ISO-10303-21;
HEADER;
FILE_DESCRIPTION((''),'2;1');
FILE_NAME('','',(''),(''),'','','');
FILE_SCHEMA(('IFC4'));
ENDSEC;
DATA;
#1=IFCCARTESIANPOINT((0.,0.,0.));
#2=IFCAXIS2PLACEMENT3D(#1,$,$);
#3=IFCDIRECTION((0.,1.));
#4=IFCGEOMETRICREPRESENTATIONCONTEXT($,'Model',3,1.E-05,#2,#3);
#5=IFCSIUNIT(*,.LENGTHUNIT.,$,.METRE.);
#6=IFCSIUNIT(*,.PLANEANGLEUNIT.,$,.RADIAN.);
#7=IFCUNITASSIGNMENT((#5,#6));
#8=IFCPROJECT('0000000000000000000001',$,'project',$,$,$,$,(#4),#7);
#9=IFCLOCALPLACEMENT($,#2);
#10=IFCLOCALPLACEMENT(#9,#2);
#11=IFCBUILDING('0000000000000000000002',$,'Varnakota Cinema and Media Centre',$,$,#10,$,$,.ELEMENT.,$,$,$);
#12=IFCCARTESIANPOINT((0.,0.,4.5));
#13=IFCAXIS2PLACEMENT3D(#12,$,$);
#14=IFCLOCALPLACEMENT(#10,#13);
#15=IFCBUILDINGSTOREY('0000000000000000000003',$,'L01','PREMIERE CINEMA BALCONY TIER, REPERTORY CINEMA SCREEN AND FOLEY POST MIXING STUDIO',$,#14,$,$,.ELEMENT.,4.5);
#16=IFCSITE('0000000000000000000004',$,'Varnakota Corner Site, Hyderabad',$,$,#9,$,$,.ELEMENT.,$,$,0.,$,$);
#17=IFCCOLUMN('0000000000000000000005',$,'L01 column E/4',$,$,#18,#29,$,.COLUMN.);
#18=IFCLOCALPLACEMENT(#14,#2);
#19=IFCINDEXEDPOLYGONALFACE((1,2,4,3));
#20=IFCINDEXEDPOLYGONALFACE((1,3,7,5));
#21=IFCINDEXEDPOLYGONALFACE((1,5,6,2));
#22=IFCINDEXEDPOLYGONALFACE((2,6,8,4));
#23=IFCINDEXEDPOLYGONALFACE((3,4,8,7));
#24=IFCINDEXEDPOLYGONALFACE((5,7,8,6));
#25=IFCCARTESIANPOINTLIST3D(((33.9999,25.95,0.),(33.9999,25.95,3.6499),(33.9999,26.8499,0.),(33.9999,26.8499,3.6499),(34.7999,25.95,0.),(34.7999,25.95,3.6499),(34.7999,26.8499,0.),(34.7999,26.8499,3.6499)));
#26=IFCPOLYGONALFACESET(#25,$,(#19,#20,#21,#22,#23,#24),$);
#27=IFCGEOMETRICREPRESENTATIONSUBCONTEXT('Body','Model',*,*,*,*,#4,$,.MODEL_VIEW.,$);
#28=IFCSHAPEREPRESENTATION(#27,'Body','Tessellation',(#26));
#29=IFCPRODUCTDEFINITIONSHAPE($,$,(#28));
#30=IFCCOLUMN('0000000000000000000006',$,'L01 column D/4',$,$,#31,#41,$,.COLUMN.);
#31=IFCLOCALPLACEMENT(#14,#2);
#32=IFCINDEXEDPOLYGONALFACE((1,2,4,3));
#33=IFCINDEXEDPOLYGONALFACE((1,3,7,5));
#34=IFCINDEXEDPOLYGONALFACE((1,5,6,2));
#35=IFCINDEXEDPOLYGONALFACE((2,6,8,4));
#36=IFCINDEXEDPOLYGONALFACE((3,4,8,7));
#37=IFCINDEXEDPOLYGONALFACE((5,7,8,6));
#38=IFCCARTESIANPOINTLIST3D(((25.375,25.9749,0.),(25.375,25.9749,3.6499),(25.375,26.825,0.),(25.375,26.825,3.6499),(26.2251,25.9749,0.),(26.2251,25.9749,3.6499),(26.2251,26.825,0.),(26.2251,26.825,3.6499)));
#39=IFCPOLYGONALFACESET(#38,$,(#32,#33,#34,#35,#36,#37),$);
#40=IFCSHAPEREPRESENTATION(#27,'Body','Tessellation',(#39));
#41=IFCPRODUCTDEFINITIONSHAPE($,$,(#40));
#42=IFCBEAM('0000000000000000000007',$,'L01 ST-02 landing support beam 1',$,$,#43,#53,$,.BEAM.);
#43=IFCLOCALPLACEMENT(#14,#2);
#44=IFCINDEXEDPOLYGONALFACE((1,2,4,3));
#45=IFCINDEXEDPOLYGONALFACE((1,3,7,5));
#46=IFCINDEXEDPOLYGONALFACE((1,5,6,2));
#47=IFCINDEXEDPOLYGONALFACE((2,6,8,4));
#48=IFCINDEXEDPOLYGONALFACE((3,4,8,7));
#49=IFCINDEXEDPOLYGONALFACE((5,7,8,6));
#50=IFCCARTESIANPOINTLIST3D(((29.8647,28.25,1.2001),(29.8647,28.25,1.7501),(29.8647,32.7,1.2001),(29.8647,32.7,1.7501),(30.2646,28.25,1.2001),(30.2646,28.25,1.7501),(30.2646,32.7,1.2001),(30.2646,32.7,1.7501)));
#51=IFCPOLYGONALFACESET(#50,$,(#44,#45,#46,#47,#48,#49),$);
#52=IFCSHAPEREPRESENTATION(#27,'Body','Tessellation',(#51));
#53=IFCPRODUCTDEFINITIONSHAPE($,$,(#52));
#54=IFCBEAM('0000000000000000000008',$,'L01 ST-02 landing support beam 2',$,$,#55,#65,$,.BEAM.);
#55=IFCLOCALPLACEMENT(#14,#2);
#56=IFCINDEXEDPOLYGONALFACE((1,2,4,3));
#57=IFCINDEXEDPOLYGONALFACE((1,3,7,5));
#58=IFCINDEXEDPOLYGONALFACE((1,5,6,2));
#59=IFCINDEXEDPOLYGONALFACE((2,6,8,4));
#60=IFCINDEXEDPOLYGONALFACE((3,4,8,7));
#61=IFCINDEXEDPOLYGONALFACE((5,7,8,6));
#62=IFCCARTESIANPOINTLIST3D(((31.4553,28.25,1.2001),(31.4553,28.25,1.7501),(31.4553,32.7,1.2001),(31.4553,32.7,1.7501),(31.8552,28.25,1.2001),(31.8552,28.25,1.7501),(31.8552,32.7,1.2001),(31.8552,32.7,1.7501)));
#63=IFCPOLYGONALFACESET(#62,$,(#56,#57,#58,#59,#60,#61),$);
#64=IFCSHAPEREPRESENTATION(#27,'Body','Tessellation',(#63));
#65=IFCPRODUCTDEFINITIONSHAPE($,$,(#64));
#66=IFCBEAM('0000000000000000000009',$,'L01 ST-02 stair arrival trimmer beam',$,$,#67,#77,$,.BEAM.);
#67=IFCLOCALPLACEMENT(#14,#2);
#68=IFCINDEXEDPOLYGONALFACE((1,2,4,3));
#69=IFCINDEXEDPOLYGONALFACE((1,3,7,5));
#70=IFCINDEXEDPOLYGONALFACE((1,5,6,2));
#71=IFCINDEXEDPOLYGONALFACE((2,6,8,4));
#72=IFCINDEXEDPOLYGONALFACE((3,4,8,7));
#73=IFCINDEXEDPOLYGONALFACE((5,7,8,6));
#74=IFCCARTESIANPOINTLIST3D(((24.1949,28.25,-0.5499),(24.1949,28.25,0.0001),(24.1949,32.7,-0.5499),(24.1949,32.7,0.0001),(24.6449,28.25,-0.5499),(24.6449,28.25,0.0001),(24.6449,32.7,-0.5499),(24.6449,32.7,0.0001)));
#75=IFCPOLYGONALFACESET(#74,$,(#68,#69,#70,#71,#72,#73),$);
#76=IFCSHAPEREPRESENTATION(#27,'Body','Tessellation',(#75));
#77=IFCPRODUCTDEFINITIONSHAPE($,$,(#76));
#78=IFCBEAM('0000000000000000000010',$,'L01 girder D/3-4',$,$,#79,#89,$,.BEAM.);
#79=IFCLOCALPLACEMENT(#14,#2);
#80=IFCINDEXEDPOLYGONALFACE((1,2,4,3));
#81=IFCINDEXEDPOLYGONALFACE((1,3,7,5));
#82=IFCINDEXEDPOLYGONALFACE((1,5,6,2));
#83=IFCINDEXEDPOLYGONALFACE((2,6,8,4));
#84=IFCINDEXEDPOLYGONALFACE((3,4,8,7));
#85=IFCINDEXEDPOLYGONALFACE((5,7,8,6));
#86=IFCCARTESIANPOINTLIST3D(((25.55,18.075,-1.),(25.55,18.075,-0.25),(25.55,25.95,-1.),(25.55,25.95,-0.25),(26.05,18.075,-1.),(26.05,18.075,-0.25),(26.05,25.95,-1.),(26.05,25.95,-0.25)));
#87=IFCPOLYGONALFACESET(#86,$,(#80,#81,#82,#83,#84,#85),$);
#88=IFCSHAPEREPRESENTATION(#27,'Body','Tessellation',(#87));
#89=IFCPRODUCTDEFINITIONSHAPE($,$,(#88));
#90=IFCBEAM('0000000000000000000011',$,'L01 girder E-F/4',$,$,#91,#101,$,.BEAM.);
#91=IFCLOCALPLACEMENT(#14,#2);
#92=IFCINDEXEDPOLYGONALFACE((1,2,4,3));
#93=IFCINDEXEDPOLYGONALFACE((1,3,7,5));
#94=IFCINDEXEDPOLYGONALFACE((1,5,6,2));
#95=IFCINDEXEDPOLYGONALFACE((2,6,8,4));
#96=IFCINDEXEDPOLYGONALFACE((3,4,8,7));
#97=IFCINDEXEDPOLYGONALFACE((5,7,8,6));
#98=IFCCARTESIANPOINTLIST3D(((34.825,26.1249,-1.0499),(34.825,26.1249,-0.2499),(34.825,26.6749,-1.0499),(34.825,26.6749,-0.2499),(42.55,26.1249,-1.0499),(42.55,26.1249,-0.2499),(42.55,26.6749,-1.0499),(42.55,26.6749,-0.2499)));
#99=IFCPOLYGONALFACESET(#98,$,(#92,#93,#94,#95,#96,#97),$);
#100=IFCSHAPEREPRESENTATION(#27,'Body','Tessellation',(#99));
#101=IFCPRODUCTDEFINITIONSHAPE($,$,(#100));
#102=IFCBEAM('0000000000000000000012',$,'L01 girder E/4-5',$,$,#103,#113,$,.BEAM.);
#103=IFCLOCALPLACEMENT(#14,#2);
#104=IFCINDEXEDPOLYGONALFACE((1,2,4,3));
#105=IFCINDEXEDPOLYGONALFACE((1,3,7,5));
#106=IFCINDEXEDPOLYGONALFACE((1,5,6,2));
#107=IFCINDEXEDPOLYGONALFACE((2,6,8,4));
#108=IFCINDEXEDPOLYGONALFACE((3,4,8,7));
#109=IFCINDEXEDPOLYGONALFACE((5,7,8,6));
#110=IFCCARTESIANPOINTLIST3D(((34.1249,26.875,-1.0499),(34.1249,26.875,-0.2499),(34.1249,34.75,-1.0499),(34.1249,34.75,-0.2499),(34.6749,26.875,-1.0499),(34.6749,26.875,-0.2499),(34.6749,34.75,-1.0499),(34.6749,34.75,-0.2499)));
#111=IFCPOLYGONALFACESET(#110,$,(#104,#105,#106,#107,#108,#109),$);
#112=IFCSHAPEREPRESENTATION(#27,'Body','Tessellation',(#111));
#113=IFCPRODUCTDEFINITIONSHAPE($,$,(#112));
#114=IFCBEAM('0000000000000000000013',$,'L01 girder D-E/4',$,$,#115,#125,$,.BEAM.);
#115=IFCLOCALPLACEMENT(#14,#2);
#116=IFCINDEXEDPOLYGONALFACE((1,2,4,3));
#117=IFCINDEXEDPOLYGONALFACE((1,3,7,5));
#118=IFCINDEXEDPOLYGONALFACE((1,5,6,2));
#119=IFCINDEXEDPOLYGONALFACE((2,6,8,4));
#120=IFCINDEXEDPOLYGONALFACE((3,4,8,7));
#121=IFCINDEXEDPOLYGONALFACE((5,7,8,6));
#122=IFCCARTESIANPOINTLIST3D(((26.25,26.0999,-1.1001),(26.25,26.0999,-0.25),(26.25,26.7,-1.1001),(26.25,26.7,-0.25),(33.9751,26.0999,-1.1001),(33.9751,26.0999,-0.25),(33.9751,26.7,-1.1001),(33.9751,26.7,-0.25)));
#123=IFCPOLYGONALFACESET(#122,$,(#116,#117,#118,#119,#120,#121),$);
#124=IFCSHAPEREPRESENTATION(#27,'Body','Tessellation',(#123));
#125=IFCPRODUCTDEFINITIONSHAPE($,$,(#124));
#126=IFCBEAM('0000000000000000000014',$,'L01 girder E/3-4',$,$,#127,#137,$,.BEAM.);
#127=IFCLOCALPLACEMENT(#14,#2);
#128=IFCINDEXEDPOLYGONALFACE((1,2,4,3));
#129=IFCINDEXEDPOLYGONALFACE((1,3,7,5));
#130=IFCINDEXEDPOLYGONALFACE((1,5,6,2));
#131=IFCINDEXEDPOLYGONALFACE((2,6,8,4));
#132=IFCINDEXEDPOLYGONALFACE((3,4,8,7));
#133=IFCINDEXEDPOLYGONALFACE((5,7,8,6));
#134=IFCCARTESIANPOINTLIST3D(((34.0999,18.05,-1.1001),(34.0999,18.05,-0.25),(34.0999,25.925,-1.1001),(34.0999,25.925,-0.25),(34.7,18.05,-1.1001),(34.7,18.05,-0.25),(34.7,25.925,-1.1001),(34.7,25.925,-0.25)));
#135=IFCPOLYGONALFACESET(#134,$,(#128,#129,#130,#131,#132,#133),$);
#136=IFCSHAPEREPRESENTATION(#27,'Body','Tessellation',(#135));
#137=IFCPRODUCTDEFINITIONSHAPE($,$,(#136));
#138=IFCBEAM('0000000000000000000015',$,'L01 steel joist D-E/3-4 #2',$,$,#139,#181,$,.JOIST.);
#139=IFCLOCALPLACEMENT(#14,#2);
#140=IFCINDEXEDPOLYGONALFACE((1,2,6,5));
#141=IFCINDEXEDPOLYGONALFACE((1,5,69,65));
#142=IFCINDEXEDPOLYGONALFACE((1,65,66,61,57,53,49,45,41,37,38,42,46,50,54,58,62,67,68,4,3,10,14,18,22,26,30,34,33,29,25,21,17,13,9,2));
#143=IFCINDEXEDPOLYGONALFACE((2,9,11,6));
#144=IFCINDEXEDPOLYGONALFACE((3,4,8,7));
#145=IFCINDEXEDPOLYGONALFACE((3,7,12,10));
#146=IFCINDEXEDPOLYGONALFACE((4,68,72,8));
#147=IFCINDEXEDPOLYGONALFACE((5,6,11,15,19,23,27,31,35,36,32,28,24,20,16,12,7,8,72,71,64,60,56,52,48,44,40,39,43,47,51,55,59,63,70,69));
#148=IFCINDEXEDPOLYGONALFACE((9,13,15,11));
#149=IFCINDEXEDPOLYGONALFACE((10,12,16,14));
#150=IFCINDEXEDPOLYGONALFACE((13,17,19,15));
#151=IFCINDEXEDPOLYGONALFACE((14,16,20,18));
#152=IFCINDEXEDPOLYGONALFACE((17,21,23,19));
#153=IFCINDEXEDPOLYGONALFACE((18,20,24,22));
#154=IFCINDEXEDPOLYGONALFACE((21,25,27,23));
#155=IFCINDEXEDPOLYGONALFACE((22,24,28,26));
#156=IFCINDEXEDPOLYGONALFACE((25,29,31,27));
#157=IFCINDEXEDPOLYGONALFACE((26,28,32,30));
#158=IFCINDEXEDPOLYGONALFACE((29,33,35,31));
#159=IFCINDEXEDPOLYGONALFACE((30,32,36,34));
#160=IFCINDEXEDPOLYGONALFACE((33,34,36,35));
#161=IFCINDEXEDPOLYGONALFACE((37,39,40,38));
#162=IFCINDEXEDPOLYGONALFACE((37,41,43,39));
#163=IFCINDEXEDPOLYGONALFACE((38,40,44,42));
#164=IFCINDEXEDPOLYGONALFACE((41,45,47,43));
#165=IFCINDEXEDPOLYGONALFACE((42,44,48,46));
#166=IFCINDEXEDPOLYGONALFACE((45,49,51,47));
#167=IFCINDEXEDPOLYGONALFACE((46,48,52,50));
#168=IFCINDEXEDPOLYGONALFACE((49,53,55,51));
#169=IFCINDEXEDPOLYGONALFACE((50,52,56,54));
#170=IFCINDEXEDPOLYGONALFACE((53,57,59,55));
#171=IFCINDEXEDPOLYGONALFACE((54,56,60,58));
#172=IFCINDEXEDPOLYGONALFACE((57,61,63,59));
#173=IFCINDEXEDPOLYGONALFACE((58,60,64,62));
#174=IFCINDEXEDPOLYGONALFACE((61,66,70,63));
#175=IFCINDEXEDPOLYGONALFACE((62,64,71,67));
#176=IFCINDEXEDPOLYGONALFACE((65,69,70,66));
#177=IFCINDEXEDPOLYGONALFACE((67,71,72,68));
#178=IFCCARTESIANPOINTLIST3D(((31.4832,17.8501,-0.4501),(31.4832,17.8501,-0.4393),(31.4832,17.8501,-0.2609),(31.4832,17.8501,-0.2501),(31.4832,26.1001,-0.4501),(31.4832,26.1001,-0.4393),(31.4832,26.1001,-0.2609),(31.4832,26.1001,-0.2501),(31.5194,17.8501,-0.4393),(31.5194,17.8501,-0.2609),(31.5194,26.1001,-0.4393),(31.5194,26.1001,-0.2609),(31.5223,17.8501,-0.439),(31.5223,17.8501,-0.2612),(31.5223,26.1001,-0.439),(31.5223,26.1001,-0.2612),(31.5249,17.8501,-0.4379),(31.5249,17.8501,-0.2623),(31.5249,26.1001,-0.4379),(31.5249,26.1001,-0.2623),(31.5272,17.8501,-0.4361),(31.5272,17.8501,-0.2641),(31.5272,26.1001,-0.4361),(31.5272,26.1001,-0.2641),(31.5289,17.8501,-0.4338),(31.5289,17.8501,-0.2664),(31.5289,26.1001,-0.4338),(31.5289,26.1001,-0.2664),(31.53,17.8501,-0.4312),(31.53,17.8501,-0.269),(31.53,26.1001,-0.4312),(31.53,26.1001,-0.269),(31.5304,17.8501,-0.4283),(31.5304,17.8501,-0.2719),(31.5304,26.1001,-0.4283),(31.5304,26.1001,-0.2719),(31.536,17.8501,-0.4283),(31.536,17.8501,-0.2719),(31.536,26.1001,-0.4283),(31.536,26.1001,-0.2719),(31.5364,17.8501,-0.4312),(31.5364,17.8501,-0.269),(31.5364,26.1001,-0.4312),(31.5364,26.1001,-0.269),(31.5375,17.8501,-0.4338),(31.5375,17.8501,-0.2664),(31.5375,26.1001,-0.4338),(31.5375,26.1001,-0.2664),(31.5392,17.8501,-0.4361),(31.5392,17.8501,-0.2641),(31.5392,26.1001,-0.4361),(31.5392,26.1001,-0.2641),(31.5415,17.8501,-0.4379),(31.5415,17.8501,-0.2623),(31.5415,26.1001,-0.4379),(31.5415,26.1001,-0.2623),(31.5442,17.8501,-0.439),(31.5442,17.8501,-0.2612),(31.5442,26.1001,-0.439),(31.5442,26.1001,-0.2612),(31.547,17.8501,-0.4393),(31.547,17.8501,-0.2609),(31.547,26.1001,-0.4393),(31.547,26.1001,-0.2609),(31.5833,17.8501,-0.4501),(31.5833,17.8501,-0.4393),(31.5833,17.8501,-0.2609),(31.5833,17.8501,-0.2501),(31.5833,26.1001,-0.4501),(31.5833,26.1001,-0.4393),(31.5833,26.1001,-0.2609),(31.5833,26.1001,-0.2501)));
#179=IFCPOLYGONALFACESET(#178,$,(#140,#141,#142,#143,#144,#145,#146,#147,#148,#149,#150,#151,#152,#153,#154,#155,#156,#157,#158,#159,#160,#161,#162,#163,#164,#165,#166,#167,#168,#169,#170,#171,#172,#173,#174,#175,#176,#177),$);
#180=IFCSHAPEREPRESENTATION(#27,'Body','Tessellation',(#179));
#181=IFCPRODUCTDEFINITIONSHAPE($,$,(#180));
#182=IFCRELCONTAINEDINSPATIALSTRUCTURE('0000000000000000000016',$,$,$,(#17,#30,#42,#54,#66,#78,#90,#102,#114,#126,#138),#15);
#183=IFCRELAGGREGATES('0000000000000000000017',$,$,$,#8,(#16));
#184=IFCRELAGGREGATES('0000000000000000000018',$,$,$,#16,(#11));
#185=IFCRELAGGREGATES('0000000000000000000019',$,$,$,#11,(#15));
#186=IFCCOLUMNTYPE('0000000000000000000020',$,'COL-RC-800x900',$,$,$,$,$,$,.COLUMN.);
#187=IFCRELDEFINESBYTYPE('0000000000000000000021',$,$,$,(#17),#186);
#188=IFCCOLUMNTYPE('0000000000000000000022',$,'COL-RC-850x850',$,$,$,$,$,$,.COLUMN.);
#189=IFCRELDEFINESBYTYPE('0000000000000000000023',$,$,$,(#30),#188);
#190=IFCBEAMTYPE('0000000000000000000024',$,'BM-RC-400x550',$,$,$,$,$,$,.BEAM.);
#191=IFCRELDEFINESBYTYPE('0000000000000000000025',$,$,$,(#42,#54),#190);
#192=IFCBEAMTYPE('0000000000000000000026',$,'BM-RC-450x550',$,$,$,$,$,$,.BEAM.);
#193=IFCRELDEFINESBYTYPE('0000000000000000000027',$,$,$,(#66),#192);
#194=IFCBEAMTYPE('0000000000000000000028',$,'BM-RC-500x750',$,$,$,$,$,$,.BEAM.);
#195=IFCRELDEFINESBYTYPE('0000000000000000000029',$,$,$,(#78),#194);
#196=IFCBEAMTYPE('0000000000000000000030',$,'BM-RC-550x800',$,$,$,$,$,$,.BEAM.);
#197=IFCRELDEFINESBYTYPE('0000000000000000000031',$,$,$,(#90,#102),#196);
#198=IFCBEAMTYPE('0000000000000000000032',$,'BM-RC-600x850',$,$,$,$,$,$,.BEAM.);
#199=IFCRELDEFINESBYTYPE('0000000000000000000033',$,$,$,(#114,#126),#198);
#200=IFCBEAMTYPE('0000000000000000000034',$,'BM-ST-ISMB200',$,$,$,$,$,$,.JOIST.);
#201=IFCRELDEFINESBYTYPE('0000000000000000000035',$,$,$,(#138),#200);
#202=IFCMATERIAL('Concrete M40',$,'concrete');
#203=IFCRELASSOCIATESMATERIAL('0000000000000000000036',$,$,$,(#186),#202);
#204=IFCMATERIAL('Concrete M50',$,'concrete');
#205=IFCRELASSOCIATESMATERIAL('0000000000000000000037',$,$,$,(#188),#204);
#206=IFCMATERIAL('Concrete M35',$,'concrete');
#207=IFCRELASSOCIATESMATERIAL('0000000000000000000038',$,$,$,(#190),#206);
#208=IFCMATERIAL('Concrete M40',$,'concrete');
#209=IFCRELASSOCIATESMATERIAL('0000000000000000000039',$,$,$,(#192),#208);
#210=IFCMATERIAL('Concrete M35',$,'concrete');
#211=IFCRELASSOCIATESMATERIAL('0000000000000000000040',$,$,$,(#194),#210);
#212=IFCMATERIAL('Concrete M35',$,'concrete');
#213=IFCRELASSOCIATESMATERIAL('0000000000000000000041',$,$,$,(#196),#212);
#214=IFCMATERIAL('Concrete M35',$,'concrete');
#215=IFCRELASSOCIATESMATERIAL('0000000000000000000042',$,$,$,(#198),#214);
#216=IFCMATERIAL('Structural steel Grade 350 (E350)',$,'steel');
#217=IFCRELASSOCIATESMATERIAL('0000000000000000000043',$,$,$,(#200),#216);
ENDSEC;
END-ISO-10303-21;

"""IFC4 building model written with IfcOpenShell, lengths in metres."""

from ifc_helpers import new_model, si_unit, direction, frame, origin, origin_2d, place, context, subcontext, project, spatial, rectangle, i_section, extrude, material, material_profile, profile_set, type_object, element, save


model = new_model("IFC4")

# Units and contexts
model_context = context("Model", 3, precision=1e-05, world=origin(), true_north=direction((0.0, 1.0)))
body_context = subcontext(model_context, "Body", "Model", "MODEL_VIEW")
ifc_project = project(units=[si_unit("LENGTHUNIT", "METRE"), si_unit("PLANEANGLEUNIT", "RADIAN")], contexts=[model_context])

# Site, building, storey
site_placement = place(None, origin())
site = spatial("IfcSite", under=ifc_project, at=site_placement, Name="Varnakota Corner Site, Hyderabad", CompositionType="ELEMENT", RefElevation=0.0)
building_placement = place(site_placement, origin())
building = spatial("IfcBuilding", under=site, at=building_placement, Name="Varnakota Cinema and Media Centre", CompositionType="ELEMENT")
storey_placement = place(building_placement, frame((0.0, 0.0, 4.5)))
storey = spatial("IfcBuildingStorey", under=building, at=storey_placement, Name="L01", Description="PREMIERE CINEMA BALCONY TIER, REPERTORY CINEMA SCREEN AND FOLEY POST MIXING STUDIO", CompositionType="ELEMENT", Elevation=4.5)

# Columns
ifc_material_1 = material(Name="Concrete M40", Category="concrete")
ifc_material_profile_1 = material_profile(ifc_material_1, rectangle(XDim=0.8, YDim=0.8999, at=origin_2d()), Name="RC 800x900")
ifc_profile_set_1 = profile_set([ifc_material_profile_1], Name="Concrete M40")
column_type_1 = type_object("IfcColumnType", Name="COL-RC-800x900", PredefinedType="COLUMN", material=ifc_profile_set_1)
column_1_placement = place(storey_placement, frame((34.3999, 26.3999, 0.0), z_axis=(0.0, 0.0, 1.0), x_axis=(1.0, 0.0, 0.0)))
element("IfcColumn", 1, at=column_1_placement, inside=storey, type_object=column_type_1, Name="L01 column E/4", PredefinedType="COLUMN", context=body_context, shape_type="SweptSolid", body=[
    extrude(rectangle(XDim=0.8, YDim=0.8999, at=origin_2d()), origin(), (0.0, 0.0, 1.0), 3.6499),
])
ifc_material_2 = material(Name="Concrete M50", Category="concrete")
ifc_material_profile_2 = material_profile(ifc_material_2, rectangle(XDim=0.8501, YDim=0.8501, at=origin_2d()), Name="RC 850x850")
ifc_profile_set_2 = profile_set([ifc_material_profile_2], Name="Concrete M50")
column_type_2 = type_object("IfcColumnType", Name="COL-RC-850x850", PredefinedType="COLUMN", material=ifc_profile_set_2)
column_2_placement = place(storey_placement, frame((25.8, 26.3999, 0.0), z_axis=(0.0, 0.0, 1.0), x_axis=(1.0, 0.0, 0.0)))
element("IfcColumn", 2, at=column_2_placement, inside=storey, type_object=column_type_2, Name="L01 column D/4", PredefinedType="COLUMN", context=body_context, shape_type="SweptSolid", body=[
    extrude(rectangle(XDim=0.8501, YDim=0.8501, at=origin_2d()), origin(), (0.0, 0.0, 1.0), 3.6499),
])

# Beams
ifc_material_3 = material(Name="Concrete M35", Category="concrete")
ifc_material_profile_3 = material_profile(ifc_material_3, rectangle(XDim=0.3999, YDim=0.55, at=origin_2d()), Name="RCB 400x550")
ifc_profile_set_3 = profile_set([ifc_material_profile_3], Name="Concrete M35")
beam_type_1 = type_object("IfcBeamType", Name="BM-RC-400x550", PredefinedType="BEAM", material=ifc_profile_set_3)
for number, where, z_axis, x_axis, name in (
    (3, (30.0647, 28.25, 1.4751), (0.0, 1.0, 0.0), (-1.0, 0.0, 0.0), "L01 ST-02 landing support beam 1"),
    (4, (31.6553, 28.25, 1.4751), (0.0, 1.0, 0.0), (-1.0, 0.0, 0.0), "L01 ST-02 landing support beam 2"),
):
    element("IfcBeam", number, at=place(storey_placement, frame(where, z_axis=z_axis, x_axis=x_axis)), inside=storey, type_object=beam_type_1, Name=name, PredefinedType="BEAM", context=body_context, shape_type="SweptSolid", body=[
        extrude(rectangle(XDim=0.3999, YDim=0.55, at=origin_2d()), origin(), (0.0, 0.0, 1.0), 4.45),
    ])
ifc_material_4 = material(Name="Concrete M40", Category="concrete")
ifc_material_profile_4 = material_profile(ifc_material_4, rectangle(XDim=0.45, YDim=0.55, at=origin_2d()), Name="RCB 450x550")
ifc_profile_set_4 = profile_set([ifc_material_profile_4], Name="Concrete M40")
beam_type_2 = type_object("IfcBeamType", Name="BM-RC-450x550", PredefinedType="BEAM", material=ifc_profile_set_4)
beam_1_placement = place(storey_placement, frame((24.4199, 28.25, -0.2749), z_axis=(0.0, 1.0, 0.0), x_axis=(-1.0, 0.0, 0.0)))
element("IfcBeam", 5, at=beam_1_placement, inside=storey, type_object=beam_type_2, Name="L01 ST-02 stair arrival trimmer beam", PredefinedType="BEAM", context=body_context, shape_type="SweptSolid", body=[
    extrude(rectangle(XDim=0.45, YDim=0.55, at=origin_2d()), origin(), (0.0, 0.0, 1.0), 4.45),
])
ifc_material_5 = material(Name="Concrete M35", Category="concrete")
ifc_material_profile_5 = material_profile(ifc_material_5, rectangle(XDim=0.5, YDim=0.75, at=origin_2d()), Name="RCB 500x750")
ifc_profile_set_5 = profile_set([ifc_material_profile_5], Name="Concrete M35")
beam_type_3 = type_object("IfcBeamType", Name="BM-RC-500x750", PredefinedType="BEAM", material=ifc_profile_set_5)
beam_2_placement = place(storey_placement, frame((25.8, 18.075, -0.625), z_axis=(0.0, 1.0, 0.0), x_axis=(-1.0, 0.0, 0.0)))
element("IfcBeam", 6, at=beam_2_placement, inside=storey, type_object=beam_type_3, Name="L01 girder D/3-4", PredefinedType="BEAM", context=body_context, shape_type="SweptSolid", body=[
    extrude(rectangle(XDim=0.5, YDim=0.75, at=origin_2d()), origin(), (0.0, 0.0, 1.0), 7.875),
])
ifc_material_6 = material(Name="Concrete M35", Category="concrete")
ifc_material_profile_6 = material_profile(ifc_material_6, rectangle(XDim=0.55, YDim=0.8, at=origin_2d()), Name="RCB 550x800")
ifc_profile_set_6 = profile_set([ifc_material_profile_6], Name="Concrete M35")
beam_type_4 = type_object("IfcBeamType", Name="BM-RC-550x800", PredefinedType="BEAM", material=ifc_profile_set_6)
beam_3_placement = place(storey_placement, frame((34.825, 26.3999, -0.6499), z_axis=(1.0, 0.0, 0.0), x_axis=(0.0, 1.0, 0.0)))
element("IfcBeam", 7, at=beam_3_placement, inside=storey, type_object=beam_type_4, Name="L01 girder E-F/4", PredefinedType="BEAM", context=body_context, shape_type="SweptSolid", body=[
    extrude(rectangle(XDim=0.55, YDim=0.8, at=origin_2d()), origin(), (0.0, 0.0, 1.0), 7.7251),
])
beam_4_placement = place(storey_placement, frame((34.3999, 26.875, -0.6499), z_axis=(0.0, 1.0, 0.0), x_axis=(-1.0, 0.0, 0.0)))
element("IfcBeam", 8, at=beam_4_placement, inside=storey, type_object=beam_type_4, Name="L01 girder E/4-5", PredefinedType="BEAM", context=body_context, shape_type="SweptSolid", body=[
    extrude(rectangle(XDim=0.55, YDim=0.8, at=origin_2d()), origin(), (0.0, 0.0, 1.0), 7.875),
])
ifc_material_7 = material(Name="Concrete M35", Category="concrete")
ifc_material_profile_7 = material_profile(ifc_material_7, rectangle(XDim=0.6001, YDim=0.8501, at=origin_2d()), Name="RCB 600x850")
ifc_profile_set_7 = profile_set([ifc_material_profile_7], Name="Concrete M35")
beam_type_5 = type_object("IfcBeamType", Name="BM-RC-600x850", PredefinedType="BEAM", material=ifc_profile_set_7)
beam_5_placement = place(storey_placement, frame((26.25, 26.3999, -0.675), z_axis=(1.0, 0.0, 0.0), x_axis=(0.0, 1.0, 0.0)))
element("IfcBeam", 9, at=beam_5_placement, inside=storey, type_object=beam_type_5, Name="L01 girder D-E/4", PredefinedType="BEAM", context=body_context, shape_type="SweptSolid", body=[
    extrude(rectangle(XDim=0.6001, YDim=0.8501, at=origin_2d()), origin(), (0.0, 0.0, 1.0), 7.7251),
])
beam_6_placement = place(storey_placement, frame((34.3999, 18.05, -0.675), z_axis=(0.0, 1.0, 0.0), x_axis=(-1.0, 0.0, 0.0)))
element("IfcBeam", 10, at=beam_6_placement, inside=storey, type_object=beam_type_5, Name="L01 girder E/3-4", PredefinedType="BEAM", context=body_context, shape_type="SweptSolid", body=[
    extrude(rectangle(XDim=0.6001, YDim=0.8501, at=origin_2d()), origin(), (0.0, 0.0, 1.0), 7.875),
])
ifc_material_8 = material(Name="Structural steel Grade 350 (E350)", Category="steel")
ifc_material_profile_8 = material_profile(ifc_material_8, i_section(OverallWidth=0.1001, OverallDepth=0.2, WebThickness=0.0056, FlangeThickness=0.0107, FilletRadius=0.011, at=origin_2d()), Name="ISMB 200")
ifc_profile_set_8 = profile_set([ifc_material_profile_8], Name="Structural steel Grade 350 (E350)")
beam_type_6 = type_object("IfcBeamType", Name="BM-ST-ISMB200", PredefinedType="JOIST", material=ifc_profile_set_8)
beam_7_placement = place(storey_placement, frame((31.5332, 17.8501, -0.3501), z_axis=(0.0, 1.0, 0.0), x_axis=(-1.0, 0.0, 0.0)))
element("IfcBeam", 11, at=beam_7_placement, inside=storey, type_object=beam_type_6, Name="L01 steel joist D-E/3-4 #2", PredefinedType="JOIST", context=body_context, shape_type="SweptSolid", body=[
    extrude(i_section(OverallWidth=0.1001, OverallDepth=0.2, WebThickness=0.0056, FlangeThickness=0.0107, FilletRadius=0.011, at=origin_2d()), origin(), (0.0, 0.0, 1.0), 8.25),
])

save(model, "model.ifc")
